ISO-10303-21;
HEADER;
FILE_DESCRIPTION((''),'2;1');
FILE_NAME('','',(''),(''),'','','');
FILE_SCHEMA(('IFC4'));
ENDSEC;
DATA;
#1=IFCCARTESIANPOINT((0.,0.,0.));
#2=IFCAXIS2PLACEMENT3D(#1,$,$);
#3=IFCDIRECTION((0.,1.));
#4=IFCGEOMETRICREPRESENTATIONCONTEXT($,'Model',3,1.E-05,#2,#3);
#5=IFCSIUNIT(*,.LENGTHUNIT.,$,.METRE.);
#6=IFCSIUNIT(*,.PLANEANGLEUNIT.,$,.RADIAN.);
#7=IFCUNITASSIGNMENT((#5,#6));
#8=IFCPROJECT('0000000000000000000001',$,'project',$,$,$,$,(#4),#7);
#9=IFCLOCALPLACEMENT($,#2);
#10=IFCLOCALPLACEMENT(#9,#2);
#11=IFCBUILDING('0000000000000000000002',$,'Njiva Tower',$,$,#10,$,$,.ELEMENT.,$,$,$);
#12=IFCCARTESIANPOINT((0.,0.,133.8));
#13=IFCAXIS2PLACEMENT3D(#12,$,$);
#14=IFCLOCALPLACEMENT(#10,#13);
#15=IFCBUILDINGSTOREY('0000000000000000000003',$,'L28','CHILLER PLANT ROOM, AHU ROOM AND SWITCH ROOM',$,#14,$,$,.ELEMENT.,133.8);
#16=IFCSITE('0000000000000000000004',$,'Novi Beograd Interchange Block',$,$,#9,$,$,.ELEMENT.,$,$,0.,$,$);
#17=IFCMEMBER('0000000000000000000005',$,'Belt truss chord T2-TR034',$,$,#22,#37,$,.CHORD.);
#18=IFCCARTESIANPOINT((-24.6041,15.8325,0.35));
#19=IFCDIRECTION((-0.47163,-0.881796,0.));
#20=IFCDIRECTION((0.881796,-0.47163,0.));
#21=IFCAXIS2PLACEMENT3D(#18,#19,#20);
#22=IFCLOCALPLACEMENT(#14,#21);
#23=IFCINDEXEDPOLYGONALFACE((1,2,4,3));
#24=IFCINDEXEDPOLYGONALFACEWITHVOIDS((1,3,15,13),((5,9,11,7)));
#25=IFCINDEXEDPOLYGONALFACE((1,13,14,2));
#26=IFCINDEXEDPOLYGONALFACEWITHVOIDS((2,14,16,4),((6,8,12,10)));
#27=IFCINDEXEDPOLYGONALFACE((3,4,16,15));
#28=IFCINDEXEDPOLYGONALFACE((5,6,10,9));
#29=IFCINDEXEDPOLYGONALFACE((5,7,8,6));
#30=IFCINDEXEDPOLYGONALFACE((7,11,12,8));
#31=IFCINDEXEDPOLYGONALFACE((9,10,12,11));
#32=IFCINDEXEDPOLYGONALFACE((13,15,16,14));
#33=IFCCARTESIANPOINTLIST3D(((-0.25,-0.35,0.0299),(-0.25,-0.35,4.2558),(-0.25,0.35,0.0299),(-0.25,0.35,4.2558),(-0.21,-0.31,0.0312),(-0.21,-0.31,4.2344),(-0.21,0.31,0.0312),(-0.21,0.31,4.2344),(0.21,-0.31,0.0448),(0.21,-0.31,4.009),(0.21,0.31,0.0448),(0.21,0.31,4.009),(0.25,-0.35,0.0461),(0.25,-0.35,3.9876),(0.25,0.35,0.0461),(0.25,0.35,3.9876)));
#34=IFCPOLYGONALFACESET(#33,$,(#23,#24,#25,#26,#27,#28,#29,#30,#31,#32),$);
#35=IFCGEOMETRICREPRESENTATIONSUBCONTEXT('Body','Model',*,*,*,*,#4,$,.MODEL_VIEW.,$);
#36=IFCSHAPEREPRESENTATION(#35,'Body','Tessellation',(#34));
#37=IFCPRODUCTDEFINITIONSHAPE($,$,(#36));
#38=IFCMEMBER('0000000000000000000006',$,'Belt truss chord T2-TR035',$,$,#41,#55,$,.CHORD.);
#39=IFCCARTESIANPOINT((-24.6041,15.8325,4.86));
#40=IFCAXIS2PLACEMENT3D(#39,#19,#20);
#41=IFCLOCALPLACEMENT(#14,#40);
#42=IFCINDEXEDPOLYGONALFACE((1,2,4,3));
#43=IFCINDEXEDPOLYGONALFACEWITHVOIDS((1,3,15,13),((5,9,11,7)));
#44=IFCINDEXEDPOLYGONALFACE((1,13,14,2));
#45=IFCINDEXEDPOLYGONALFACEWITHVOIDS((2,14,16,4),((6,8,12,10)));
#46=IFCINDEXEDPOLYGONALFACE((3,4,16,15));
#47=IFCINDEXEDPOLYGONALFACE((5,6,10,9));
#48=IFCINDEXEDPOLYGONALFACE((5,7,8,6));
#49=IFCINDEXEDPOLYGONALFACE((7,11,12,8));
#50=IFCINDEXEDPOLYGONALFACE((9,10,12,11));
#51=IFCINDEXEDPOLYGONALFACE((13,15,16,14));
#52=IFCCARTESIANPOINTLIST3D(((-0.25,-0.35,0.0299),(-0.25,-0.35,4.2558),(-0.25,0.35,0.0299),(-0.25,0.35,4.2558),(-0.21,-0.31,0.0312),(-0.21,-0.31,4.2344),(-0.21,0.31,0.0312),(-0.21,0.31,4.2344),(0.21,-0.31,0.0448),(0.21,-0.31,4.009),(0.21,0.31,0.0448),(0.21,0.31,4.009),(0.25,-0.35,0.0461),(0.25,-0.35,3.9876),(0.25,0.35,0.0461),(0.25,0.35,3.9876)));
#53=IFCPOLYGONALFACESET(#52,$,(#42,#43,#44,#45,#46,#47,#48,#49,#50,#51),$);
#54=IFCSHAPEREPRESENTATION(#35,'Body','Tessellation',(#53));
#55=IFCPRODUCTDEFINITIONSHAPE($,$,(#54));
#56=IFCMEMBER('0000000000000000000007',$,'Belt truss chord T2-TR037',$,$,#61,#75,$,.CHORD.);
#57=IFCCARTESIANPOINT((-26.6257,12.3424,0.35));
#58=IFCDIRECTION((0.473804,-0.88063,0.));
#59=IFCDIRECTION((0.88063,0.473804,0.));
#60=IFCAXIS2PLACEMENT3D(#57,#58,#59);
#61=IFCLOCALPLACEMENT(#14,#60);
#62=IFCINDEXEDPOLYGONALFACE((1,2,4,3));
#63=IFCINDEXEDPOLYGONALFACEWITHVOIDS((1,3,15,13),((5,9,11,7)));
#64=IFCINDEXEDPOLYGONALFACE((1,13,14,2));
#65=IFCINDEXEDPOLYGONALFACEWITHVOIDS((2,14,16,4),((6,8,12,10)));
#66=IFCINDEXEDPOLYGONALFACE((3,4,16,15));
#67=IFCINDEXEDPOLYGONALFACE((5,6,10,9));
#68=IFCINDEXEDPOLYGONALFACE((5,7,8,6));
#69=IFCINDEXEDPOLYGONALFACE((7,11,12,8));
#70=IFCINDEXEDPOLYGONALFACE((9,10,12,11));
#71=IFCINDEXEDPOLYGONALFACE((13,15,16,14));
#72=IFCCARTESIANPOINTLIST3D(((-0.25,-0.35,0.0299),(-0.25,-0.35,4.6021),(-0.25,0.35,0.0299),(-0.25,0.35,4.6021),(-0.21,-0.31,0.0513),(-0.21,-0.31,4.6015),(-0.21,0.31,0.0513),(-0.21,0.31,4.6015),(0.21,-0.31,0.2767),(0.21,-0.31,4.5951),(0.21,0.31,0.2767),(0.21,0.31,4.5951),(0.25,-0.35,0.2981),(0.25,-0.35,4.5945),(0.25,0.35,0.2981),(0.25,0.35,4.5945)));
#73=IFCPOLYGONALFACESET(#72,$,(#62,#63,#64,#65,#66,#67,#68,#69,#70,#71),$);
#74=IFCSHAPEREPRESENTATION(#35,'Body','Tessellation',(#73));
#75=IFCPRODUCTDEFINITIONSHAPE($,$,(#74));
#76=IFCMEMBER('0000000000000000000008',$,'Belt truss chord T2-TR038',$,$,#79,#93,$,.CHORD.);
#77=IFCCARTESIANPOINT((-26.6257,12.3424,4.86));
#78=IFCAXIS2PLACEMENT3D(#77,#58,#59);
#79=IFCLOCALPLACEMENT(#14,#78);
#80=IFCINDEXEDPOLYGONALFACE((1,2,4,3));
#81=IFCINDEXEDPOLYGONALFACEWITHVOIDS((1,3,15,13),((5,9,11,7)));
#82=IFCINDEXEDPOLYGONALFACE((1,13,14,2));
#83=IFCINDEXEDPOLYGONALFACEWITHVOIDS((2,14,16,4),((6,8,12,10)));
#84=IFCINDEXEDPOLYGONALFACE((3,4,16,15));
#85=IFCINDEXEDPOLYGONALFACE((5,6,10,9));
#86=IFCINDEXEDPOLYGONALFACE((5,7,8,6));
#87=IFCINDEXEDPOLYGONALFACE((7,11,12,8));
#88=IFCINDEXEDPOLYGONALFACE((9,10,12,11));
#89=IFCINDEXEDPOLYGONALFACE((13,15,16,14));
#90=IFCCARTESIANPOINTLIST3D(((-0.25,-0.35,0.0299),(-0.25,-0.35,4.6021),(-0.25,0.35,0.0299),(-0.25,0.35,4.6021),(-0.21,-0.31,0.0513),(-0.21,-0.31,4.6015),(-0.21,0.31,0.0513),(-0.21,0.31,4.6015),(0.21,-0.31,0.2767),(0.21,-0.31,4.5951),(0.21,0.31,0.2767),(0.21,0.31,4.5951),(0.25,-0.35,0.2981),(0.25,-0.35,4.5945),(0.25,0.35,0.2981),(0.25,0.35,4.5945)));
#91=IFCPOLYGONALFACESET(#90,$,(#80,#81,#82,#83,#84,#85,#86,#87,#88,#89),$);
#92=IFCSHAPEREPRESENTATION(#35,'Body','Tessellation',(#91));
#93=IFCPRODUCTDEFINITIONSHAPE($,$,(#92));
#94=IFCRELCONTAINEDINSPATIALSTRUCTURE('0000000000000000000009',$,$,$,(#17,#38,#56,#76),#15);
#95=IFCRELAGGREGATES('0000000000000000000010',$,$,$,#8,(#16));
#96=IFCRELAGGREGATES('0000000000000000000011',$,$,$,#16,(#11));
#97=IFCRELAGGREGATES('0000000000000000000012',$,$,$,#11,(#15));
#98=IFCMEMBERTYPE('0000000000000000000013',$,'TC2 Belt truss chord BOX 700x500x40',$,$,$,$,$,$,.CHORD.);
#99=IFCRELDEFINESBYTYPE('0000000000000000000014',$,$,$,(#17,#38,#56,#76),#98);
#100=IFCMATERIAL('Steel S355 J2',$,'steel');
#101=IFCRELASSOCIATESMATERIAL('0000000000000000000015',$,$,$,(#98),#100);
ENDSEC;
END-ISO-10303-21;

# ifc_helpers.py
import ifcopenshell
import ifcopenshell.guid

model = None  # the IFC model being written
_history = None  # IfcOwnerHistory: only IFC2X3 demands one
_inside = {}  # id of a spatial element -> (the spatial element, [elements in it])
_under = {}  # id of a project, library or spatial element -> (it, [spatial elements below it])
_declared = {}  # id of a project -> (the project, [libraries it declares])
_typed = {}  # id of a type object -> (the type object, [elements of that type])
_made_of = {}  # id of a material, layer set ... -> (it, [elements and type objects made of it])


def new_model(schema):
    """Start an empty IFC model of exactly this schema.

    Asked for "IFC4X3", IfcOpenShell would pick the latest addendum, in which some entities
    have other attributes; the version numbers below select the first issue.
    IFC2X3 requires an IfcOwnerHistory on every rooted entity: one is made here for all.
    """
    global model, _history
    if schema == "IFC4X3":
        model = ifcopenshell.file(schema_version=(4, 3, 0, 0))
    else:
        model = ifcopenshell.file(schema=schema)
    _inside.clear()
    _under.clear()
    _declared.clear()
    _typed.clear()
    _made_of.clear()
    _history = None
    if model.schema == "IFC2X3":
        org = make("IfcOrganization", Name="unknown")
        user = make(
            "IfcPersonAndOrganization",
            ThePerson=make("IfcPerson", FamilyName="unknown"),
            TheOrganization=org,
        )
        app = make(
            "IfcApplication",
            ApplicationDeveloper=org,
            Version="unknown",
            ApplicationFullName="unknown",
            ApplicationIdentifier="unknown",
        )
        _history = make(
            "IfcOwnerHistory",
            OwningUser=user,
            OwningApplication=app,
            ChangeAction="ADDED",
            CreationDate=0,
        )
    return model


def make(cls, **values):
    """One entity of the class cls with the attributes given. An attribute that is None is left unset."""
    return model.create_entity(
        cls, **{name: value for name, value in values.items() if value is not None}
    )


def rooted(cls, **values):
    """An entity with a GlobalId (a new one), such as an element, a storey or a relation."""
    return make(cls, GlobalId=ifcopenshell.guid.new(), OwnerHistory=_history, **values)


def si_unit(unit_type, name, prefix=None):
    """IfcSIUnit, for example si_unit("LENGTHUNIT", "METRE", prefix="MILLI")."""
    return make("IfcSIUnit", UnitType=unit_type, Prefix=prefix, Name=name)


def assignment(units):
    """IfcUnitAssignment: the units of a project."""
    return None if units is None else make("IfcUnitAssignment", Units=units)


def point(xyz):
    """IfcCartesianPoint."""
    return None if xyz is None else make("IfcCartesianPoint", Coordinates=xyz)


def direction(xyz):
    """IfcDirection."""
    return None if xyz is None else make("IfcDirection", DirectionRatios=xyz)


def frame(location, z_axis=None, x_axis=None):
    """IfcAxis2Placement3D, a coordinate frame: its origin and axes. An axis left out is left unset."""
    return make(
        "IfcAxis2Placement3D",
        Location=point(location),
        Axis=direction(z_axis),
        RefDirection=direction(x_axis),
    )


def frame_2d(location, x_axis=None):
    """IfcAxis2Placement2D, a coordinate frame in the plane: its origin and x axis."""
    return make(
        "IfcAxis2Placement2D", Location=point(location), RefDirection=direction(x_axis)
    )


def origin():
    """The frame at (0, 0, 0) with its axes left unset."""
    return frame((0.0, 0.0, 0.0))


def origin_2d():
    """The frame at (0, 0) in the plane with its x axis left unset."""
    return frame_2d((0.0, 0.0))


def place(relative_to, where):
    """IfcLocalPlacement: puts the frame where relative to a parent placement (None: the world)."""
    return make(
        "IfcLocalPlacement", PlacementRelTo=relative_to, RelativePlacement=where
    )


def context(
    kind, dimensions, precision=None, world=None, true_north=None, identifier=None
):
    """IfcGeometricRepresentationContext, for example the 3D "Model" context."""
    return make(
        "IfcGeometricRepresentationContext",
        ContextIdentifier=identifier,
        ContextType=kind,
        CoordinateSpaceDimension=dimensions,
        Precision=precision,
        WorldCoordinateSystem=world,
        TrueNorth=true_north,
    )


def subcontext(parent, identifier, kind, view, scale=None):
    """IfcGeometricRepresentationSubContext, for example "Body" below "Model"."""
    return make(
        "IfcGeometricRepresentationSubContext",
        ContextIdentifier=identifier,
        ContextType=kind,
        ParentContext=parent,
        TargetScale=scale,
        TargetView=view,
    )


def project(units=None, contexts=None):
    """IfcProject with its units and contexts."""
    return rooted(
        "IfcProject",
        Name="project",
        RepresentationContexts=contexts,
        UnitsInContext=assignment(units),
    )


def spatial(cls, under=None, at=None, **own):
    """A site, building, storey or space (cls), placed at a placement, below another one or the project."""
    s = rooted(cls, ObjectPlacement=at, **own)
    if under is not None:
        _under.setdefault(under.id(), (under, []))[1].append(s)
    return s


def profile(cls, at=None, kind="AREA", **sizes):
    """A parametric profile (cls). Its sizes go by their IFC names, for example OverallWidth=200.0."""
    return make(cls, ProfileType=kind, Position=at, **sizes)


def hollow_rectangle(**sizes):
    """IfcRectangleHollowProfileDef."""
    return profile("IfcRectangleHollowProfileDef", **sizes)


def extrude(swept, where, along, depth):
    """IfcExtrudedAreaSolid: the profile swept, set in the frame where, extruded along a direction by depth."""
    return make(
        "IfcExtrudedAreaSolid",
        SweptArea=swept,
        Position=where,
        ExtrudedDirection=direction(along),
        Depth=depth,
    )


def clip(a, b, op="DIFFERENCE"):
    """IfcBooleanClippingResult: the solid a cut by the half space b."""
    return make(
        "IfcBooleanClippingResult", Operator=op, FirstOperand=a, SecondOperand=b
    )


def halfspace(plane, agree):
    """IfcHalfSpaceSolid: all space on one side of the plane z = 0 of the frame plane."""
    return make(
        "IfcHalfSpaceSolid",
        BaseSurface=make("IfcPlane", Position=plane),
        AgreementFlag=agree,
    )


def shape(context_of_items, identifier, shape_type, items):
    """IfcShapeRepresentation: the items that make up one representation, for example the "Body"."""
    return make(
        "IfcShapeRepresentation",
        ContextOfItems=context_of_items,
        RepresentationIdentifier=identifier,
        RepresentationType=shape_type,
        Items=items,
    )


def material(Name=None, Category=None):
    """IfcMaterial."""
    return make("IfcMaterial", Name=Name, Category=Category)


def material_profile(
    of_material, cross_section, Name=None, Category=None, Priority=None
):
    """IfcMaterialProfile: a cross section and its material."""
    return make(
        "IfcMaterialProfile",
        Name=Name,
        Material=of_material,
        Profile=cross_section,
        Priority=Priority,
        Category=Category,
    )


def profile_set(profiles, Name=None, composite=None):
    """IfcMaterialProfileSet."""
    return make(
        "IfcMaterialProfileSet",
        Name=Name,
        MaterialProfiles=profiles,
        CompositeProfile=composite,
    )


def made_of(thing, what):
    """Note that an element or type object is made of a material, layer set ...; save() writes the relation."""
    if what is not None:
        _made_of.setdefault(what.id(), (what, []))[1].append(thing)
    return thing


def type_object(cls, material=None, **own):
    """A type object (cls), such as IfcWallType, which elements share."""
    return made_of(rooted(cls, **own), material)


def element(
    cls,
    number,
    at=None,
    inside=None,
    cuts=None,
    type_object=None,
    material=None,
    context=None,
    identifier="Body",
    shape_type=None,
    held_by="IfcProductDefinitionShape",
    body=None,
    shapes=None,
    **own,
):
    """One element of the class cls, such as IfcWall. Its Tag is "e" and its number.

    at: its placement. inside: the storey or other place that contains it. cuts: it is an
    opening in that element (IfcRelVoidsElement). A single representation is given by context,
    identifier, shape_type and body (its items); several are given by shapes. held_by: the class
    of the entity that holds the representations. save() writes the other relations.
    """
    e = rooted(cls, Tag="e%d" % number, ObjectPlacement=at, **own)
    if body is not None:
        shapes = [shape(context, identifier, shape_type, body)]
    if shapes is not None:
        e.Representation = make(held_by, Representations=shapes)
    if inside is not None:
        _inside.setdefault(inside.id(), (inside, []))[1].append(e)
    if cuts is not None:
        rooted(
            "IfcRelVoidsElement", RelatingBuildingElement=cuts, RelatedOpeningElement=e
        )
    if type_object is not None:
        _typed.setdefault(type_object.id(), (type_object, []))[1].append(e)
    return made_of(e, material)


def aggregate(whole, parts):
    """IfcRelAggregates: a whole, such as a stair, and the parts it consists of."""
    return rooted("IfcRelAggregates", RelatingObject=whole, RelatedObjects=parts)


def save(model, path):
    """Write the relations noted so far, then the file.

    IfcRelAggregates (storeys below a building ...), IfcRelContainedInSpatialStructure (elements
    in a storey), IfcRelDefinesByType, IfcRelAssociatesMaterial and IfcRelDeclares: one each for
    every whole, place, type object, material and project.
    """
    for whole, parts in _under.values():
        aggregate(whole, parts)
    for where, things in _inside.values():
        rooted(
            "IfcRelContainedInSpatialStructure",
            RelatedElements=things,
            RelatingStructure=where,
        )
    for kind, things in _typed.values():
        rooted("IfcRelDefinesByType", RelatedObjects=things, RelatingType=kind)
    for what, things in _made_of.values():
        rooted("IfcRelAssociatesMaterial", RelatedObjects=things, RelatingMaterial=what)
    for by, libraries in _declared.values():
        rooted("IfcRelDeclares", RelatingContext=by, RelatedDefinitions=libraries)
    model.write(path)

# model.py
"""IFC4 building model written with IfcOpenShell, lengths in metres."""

from ifc_helpers import new_model, si_unit, direction, frame, origin, origin_2d, place, context, subcontext, project, spatial, hollow_rectangle, extrude, clip, halfspace, material, material_profile, profile_set, type_object, element, save


model = new_model("IFC4")

# Units and contexts
model_context = context("Model", 3, precision=1e-05, world=origin(), true_north=direction((0.0, 1.0)))
body_context = subcontext(model_context, "Body", "Model", "MODEL_VIEW")
ifc_project = project(units=[si_unit("LENGTHUNIT", "METRE"), si_unit("PLANEANGLEUNIT", "RADIAN")], contexts=[model_context])

# Site, building, storey
site_placement = place(None, origin())
site = spatial("IfcSite", under=ifc_project, at=site_placement, Name="Novi Beograd Interchange Block", CompositionType="ELEMENT", RefElevation=0.0)
building_placement = place(site_placement, origin())
building = spatial("IfcBuilding", under=site, at=building_placement, Name="Njiva Tower", CompositionType="ELEMENT")
storey_placement = place(building_placement, frame((0.0, 0.0, 133.8)))
storey = spatial("IfcBuildingStorey", under=building, at=storey_placement, Name="L28", Description="CHILLER PLANT ROOM, AHU ROOM AND SWITCH ROOM", CompositionType="ELEMENT", Elevation=133.8)

# Shared definitions
ifc_material_1 = material(Name="Steel S355 J2", Category="steel")

# Members
ifc_material_profile_1 = material_profile(ifc_material_1, hollow_rectangle(XDim=0.5, YDim=0.7, WallThickness=0.04, at=origin_2d()), Name="BOX 700x500x40")
ifc_profile_set_1 = profile_set([ifc_material_profile_1], Name="Steel S355 J2")
member_type_1 = type_object("IfcMemberType", Name="TC2 Belt truss chord BOX 700x500x40", PredefinedType="CHORD", material=ifc_profile_set_1)
member_1_placement = place(storey_placement, frame((-24.6041, 15.8325, 0.35), z_axis=(-0.47163, -0.881796, 0.0), x_axis=(0.881796, -0.47163, 0.0)))
element("IfcMember", 1, at=member_1_placement, inside=storey, type_object=member_type_1, Name="Belt truss chord T2-TR034", PredefinedType="CHORD", context=body_context, shape_type="Clipping", body=[
    clip(clip(extrude(hollow_rectangle(XDim=0.5, YDim=0.7, WallThickness=0.04, at=origin_2d()), origin(), (0.0, 0.0, 1.0), 4.2857), halfspace(frame((0.0, -134.15, 0.038), z_axis=(0.032533, 0.0, -0.999471), x_axis=(0.0, -1.0, 0.0)), False)), halfspace(frame((0.0, -134.15, 4.1217), z_axis=(0.472714, 0.0, 0.881216), x_axis=(0.0, 1.0, 0.0)), False)),
])
member_2_placement = place(storey_placement, frame((-24.6041, 15.8325, 4.86), z_axis=(-0.47163, -0.881796, 0.0), x_axis=(0.881796, -0.47163, 0.0)))
element("IfcMember", 2, at=member_2_placement, inside=storey, type_object=member_type_1, Name="Belt truss chord T2-TR035", PredefinedType="CHORD", context=body_context, shape_type="Clipping", body=[
    clip(clip(extrude(hollow_rectangle(XDim=0.5, YDim=0.7, WallThickness=0.04, at=origin_2d()), origin(), (0.0, 0.0, 1.0), 4.2857), halfspace(frame((0.0, -138.66, 0.038), z_axis=(0.032533, 0.0, -0.999471), x_axis=(0.0, -1.0, 0.0)), False)), halfspace(frame((0.0, -138.66, 4.1217), z_axis=(0.472714, 0.0, 0.881216), x_axis=(0.0, 1.0, 0.0)), False)),
])
member_3_placement = place(storey_placement, frame((-26.6257, 12.3424, 0.35), z_axis=(0.473804, -0.88063, 0.0), x_axis=(0.88063, 0.473804, 0.0)))
element("IfcMember", 3, at=member_3_placement, inside=storey, type_object=member_type_1, Name="Belt truss chord T2-TR037", PredefinedType="CHORD", context=body_context, shape_type="Clipping", body=[
    clip(clip(extrude(hollow_rectangle(XDim=0.5, YDim=0.7, WallThickness=0.04, at=origin_2d()), origin(), (0.0, 0.0, 1.0), 4.6323), halfspace(frame((0.0, -134.15, 0.164), z_axis=(0.47272, 0.0, -0.881212), x_axis=(0.0, -1.0, 0.0)), False)), halfspace(frame((0.0, -134.15, 4.5983), z_axis=(0.015002, 0.0, 0.999887), x_axis=(0.0, 1.0, 0.0)), False)),
])
member_4_placement = place(storey_placement, frame((-26.6257, 12.3424, 4.86), z_axis=(0.473804, -0.88063, 0.0), x_axis=(0.88063, 0.473804, 0.0)))
element("IfcMember", 4, at=member_4_placement, inside=storey, type_object=member_type_1, Name="Belt truss chord T2-TR038", PredefinedType="CHORD", context=body_context, shape_type="Clipping", body=[
    clip(clip(extrude(hollow_rectangle(XDim=0.5, YDim=0.7, WallThickness=0.04, at=origin_2d()), origin(), (0.0, 0.0, 1.0), 4.6323), halfspace(frame((0.0, -138.66, 0.164), z_axis=(0.47272, 0.0, -0.881212), x_axis=(0.0, -1.0, 0.0)), False)), halfspace(frame((0.0, -138.66, 4.5983), z_axis=(0.015002, 0.0, 0.999887), x_axis=(0.0, 1.0, 0.0)), False)),
])

save(model, "model.ifc")
